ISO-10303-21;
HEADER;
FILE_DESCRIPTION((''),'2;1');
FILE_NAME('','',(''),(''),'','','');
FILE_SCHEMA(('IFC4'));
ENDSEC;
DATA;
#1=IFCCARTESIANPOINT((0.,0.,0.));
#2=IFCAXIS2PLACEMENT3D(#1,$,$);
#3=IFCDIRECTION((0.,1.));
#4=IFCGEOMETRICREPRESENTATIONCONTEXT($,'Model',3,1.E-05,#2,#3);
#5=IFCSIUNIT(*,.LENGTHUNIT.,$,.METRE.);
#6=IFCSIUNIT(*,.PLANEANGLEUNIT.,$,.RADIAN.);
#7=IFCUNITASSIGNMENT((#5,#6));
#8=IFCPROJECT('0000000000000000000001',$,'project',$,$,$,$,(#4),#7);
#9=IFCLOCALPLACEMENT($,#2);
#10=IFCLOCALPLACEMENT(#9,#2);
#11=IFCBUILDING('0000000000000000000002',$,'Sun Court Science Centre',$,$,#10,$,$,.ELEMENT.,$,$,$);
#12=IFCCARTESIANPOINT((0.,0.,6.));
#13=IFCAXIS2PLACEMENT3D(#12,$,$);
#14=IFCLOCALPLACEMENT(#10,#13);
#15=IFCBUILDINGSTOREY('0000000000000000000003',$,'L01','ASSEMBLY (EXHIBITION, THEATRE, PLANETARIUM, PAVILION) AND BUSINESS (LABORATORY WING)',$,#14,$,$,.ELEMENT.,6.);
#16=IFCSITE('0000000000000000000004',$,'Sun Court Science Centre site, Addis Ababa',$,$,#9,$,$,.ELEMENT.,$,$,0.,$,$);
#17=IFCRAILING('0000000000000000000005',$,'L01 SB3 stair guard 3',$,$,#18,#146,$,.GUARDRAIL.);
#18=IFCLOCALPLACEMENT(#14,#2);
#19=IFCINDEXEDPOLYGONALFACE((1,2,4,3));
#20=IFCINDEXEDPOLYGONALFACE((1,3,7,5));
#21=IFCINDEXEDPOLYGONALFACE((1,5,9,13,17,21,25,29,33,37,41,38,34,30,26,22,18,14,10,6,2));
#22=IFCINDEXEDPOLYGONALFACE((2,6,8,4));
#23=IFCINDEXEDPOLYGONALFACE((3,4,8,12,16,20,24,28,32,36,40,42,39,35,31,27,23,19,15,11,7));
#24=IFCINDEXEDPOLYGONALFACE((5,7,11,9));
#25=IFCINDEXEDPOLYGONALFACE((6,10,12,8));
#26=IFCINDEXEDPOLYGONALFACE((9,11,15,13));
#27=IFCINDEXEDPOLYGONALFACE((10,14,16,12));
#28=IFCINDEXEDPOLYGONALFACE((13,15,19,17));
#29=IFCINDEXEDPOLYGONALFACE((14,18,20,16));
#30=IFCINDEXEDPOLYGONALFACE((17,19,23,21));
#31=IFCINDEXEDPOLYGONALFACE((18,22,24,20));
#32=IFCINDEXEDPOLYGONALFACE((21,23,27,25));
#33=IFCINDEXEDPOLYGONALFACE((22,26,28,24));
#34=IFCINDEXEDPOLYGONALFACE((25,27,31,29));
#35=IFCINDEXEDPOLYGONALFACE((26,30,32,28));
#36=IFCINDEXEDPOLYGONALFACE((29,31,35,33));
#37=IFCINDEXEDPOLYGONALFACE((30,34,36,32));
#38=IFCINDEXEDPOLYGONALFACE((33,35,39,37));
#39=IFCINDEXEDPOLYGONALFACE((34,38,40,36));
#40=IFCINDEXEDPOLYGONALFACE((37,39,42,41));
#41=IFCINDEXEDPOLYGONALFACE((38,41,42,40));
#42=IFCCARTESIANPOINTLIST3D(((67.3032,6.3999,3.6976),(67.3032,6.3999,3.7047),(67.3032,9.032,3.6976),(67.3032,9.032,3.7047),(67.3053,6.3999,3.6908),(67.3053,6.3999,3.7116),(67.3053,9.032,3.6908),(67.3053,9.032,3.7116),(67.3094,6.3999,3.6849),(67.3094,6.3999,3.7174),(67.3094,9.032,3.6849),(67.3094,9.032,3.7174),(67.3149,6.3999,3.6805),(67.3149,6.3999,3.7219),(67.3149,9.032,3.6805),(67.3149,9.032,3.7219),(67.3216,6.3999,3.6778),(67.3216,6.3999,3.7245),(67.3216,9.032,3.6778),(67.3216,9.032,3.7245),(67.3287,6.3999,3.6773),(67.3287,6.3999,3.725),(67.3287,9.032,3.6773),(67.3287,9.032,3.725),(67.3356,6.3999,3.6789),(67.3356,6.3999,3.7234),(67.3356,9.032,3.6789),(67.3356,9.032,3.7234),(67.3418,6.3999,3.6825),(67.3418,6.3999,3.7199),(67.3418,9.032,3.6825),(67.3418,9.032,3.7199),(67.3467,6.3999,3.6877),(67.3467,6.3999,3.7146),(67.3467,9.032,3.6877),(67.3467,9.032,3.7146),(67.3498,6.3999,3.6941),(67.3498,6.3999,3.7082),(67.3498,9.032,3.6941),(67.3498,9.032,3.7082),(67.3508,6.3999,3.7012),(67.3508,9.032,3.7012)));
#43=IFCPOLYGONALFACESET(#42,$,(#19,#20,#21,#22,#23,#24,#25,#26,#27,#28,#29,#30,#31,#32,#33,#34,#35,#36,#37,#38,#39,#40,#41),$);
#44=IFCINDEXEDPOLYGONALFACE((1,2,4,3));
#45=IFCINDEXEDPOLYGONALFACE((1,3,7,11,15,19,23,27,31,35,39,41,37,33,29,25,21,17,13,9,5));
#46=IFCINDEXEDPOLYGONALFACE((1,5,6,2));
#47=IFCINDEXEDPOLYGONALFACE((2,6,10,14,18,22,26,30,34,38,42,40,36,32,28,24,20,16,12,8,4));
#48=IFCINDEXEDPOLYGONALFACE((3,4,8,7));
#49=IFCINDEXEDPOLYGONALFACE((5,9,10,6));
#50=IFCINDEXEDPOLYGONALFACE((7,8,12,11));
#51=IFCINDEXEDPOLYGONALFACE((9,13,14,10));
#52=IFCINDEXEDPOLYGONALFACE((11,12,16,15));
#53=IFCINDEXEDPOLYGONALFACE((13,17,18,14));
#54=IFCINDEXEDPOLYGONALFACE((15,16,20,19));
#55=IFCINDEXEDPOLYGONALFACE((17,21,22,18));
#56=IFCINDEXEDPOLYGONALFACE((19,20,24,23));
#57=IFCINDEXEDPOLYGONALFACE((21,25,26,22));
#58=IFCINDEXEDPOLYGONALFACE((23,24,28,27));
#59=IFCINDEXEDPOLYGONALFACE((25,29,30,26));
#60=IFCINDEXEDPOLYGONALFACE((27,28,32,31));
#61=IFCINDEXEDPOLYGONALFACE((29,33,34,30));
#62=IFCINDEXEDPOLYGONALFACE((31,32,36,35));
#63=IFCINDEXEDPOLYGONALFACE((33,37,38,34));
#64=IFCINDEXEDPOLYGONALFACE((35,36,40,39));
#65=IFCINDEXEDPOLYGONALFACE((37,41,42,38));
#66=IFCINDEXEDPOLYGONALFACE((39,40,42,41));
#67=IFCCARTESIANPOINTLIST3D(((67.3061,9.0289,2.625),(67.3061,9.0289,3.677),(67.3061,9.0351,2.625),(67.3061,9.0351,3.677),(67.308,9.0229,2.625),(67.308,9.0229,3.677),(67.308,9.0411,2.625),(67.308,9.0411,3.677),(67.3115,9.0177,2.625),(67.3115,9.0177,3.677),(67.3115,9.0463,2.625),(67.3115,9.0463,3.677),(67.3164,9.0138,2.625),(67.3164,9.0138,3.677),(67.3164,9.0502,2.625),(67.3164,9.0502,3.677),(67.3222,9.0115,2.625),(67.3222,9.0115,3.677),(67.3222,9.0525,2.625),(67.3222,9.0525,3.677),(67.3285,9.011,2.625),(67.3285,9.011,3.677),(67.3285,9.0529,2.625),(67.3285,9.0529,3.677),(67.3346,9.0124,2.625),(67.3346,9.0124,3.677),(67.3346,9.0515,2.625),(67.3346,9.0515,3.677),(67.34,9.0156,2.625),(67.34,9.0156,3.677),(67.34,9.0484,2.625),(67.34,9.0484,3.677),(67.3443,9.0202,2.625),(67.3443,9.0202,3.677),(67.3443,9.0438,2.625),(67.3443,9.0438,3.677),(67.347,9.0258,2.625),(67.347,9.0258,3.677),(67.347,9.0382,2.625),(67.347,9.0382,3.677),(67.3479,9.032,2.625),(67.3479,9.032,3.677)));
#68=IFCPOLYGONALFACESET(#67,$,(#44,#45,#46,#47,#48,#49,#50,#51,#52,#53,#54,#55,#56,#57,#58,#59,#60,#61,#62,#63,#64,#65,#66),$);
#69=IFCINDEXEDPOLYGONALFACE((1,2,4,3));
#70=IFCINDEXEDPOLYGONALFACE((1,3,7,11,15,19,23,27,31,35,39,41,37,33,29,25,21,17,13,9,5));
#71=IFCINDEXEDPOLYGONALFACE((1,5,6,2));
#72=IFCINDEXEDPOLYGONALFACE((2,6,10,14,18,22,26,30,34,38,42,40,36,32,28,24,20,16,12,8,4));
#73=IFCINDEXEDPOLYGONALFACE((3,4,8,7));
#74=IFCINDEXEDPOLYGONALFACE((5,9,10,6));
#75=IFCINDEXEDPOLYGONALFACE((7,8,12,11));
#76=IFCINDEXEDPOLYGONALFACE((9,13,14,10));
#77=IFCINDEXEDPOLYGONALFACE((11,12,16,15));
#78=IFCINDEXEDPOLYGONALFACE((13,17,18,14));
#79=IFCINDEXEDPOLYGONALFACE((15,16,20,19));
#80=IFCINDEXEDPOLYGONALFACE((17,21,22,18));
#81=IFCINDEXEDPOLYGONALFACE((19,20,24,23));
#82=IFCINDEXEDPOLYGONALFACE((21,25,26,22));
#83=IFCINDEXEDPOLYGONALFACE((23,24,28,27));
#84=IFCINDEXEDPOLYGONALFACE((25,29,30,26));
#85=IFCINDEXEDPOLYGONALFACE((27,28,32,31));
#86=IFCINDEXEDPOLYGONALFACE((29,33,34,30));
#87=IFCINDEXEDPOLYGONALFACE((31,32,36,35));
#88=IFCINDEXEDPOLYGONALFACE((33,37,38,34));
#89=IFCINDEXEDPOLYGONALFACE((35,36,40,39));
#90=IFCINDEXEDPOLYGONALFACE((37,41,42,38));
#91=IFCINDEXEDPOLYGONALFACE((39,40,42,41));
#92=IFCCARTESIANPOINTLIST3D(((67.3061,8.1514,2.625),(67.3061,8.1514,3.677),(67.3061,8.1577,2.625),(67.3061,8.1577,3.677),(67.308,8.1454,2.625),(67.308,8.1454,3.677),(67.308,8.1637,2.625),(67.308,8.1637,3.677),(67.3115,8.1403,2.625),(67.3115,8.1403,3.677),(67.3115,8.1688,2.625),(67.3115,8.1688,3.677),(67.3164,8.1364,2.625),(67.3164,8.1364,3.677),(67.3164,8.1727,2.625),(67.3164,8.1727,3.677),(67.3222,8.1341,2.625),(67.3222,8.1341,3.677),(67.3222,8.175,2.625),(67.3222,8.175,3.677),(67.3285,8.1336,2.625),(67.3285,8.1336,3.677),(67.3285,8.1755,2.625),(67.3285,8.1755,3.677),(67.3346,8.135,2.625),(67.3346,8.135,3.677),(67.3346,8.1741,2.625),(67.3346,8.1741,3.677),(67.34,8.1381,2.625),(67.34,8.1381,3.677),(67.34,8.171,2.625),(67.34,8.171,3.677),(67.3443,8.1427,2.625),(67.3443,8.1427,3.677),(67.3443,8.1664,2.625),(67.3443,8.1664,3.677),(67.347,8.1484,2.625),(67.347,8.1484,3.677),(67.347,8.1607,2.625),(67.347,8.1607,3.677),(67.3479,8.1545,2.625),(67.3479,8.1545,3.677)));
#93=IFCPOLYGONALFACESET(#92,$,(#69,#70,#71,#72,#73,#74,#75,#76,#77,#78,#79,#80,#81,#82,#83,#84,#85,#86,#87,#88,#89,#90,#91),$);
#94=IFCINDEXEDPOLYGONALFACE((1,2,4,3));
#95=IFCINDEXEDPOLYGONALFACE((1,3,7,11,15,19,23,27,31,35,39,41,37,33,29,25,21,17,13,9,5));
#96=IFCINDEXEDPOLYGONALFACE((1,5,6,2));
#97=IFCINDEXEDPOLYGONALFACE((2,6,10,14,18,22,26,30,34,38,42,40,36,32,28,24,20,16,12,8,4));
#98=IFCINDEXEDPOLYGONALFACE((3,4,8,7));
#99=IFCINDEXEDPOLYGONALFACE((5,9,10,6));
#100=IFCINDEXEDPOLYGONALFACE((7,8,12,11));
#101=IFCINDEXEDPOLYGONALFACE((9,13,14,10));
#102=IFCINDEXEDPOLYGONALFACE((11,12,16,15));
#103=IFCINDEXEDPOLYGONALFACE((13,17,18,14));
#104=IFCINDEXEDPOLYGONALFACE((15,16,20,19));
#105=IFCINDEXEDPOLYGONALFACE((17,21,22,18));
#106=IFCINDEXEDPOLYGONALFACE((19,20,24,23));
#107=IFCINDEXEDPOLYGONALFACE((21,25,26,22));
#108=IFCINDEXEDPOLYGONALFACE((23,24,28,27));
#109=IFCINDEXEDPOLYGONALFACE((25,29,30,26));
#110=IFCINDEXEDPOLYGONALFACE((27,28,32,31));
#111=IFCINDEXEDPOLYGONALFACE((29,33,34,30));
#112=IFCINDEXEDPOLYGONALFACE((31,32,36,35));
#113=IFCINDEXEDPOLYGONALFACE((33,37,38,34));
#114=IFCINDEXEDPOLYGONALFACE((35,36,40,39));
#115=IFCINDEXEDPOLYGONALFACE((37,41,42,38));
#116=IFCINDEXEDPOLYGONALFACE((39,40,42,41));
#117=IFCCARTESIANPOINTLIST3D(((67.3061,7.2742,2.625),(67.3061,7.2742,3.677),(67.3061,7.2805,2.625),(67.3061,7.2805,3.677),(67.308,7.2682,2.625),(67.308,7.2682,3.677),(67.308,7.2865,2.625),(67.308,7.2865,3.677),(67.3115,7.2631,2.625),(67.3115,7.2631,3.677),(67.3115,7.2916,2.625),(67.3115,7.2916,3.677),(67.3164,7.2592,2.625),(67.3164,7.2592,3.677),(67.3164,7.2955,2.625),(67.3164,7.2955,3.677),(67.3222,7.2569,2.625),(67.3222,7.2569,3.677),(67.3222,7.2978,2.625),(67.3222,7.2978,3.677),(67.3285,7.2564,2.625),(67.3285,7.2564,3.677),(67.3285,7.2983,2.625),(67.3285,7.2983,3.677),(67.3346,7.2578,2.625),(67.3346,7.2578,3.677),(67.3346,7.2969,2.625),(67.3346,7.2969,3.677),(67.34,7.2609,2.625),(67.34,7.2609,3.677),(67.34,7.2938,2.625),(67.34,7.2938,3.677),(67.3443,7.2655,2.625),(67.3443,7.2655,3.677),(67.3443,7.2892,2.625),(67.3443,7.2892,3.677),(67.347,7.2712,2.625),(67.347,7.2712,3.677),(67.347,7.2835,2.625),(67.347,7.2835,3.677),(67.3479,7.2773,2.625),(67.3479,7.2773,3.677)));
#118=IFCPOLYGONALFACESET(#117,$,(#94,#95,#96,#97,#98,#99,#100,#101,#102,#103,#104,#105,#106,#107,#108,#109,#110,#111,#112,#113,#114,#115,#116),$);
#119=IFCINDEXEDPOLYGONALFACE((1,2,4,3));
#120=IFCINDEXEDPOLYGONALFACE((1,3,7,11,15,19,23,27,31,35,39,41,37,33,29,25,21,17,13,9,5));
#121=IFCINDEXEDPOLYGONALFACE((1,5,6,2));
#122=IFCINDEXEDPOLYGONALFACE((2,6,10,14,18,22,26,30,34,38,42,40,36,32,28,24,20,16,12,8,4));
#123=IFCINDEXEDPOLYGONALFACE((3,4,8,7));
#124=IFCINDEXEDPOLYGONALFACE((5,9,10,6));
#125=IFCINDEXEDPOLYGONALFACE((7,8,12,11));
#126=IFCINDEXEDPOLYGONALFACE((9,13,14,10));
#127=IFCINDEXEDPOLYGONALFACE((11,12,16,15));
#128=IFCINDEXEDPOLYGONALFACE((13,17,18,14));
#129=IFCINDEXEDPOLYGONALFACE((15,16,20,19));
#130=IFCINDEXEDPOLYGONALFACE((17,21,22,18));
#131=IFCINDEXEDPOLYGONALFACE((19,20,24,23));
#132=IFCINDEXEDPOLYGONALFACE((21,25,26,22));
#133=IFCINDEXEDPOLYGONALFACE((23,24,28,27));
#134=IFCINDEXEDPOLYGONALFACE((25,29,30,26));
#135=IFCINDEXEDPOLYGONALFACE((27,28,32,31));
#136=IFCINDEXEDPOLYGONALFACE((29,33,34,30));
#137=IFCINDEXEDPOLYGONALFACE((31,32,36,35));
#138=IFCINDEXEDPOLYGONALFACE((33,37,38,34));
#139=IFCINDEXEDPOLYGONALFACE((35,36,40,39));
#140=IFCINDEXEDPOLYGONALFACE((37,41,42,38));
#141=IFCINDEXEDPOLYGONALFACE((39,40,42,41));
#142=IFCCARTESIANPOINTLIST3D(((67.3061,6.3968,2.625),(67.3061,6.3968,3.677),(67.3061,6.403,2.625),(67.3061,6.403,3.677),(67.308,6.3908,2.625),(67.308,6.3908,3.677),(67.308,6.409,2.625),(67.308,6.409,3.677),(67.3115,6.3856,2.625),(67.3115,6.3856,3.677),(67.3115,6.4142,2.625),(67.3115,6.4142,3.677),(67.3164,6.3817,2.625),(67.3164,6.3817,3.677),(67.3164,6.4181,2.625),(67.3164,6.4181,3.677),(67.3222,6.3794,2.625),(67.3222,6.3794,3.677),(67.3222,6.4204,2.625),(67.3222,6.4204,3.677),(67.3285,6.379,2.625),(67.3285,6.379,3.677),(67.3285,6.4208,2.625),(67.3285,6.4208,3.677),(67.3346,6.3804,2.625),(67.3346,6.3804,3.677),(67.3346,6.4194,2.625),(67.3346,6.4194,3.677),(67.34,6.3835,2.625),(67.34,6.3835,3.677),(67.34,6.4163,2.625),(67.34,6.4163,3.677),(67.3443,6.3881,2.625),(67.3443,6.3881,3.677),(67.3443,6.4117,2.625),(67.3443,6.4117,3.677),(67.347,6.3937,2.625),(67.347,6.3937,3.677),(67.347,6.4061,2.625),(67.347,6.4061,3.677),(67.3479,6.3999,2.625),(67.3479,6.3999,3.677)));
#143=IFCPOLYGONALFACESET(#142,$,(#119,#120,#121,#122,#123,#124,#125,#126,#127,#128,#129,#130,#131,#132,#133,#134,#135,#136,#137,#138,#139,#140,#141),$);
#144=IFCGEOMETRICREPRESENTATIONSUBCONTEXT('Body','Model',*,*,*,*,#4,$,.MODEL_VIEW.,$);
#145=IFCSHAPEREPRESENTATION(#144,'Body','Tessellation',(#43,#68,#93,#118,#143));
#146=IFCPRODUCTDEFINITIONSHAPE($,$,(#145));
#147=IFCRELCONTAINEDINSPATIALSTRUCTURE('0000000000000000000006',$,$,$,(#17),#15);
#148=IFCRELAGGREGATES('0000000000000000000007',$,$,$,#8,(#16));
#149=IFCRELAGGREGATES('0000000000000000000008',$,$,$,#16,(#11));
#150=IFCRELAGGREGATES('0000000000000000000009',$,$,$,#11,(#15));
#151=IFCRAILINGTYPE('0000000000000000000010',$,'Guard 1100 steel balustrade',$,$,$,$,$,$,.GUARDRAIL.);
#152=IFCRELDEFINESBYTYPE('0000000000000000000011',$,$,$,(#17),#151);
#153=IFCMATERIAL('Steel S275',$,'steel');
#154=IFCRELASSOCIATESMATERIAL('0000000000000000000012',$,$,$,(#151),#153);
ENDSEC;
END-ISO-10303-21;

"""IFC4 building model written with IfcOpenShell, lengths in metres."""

from ifc_helpers import new_model, si_unit, direction, frame, origin, origin_2d, place, context, subcontext, project, spatial, circle, extrude, material, type_object, element, save


model = new_model("IFC4")

# Units and contexts
model_context = context("Model", 3, precision=1e-05, world=origin(), true_north=direction((0.0, 1.0)))
body_context = subcontext(model_context, "Body", "Model", "MODEL_VIEW")
ifc_project = project(units=[si_unit("LENGTHUNIT", "METRE"), si_unit("PLANEANGLEUNIT", "RADIAN")], contexts=[model_context])

# Site, building, storey
site_placement = place(None, origin())
site = spatial("IfcSite", under=ifc_project, at=site_placement, Name="Sun Court Science Centre site, Addis Ababa", CompositionType="ELEMENT", RefElevation=0.0)
building_placement = place(site_placement, origin())
building = spatial("IfcBuilding", under=site, at=building_placement, Name="Sun Court Science Centre", CompositionType="ELEMENT")
storey_placement = place(building_placement, frame((0.0, 0.0, 6.0)))
storey = spatial("IfcBuildingStorey", under=building, at=storey_placement, Name="L01", Description="ASSEMBLY (EXHIBITION, THEATRE, PLANETARIUM, PAVILION) AND BUSINESS (LABORATORY WING)", CompositionType="ELEMENT", Elevation=6.0)

# Railing
ifc_material_1 = material(Name="Steel S275", Category="steel")
railing_type_1 = type_object("IfcRailingType", Name="Guard 1100 steel balustrade", PredefinedType="GUARDRAIL", material=ifc_material_1)
for number, where, name in (
    (1, (67.3269, 9.032, 2.625), "L01 SB3 stair guard 3"),
):
    element("IfcRailing", number, at=place(storey_placement, frame(where)), inside=storey, type_object=railing_type_1, Name=name, PredefinedType="GUARDRAIL", context=body_context, shape_type="SweptSolid", body=[
        extrude(circle(Radius=0.0239, at=origin_2d()), frame((0.0, 0.0, 1.0762), z_axis=(0.0, -1.0, 0.0), x_axis=(1.0, 0.0, 0.0)), (0.0, 0.0, 1.0), 2.6321),
        extrude(circle(Radius=0.021, at=origin_2d()), origin(), (0.0, 0.0, 1.0), 1.052),
        extrude(circle(Radius=0.021, at=origin_2d()), frame((0.0, -0.8774, 0.0)), (0.0, 0.0, 1.0), 1.052),
        extrude(circle(Radius=0.021, at=origin_2d()), frame((0.0, -1.7546, 0.0)), (0.0, 0.0, 1.0), 1.052),
        extrude(circle(Radius=0.021, at=origin_2d()), frame((0.0, -2.6321, 0.0)), (0.0, 0.0, 1.0), 1.052),
    ])

save(model, "model.ifc")
